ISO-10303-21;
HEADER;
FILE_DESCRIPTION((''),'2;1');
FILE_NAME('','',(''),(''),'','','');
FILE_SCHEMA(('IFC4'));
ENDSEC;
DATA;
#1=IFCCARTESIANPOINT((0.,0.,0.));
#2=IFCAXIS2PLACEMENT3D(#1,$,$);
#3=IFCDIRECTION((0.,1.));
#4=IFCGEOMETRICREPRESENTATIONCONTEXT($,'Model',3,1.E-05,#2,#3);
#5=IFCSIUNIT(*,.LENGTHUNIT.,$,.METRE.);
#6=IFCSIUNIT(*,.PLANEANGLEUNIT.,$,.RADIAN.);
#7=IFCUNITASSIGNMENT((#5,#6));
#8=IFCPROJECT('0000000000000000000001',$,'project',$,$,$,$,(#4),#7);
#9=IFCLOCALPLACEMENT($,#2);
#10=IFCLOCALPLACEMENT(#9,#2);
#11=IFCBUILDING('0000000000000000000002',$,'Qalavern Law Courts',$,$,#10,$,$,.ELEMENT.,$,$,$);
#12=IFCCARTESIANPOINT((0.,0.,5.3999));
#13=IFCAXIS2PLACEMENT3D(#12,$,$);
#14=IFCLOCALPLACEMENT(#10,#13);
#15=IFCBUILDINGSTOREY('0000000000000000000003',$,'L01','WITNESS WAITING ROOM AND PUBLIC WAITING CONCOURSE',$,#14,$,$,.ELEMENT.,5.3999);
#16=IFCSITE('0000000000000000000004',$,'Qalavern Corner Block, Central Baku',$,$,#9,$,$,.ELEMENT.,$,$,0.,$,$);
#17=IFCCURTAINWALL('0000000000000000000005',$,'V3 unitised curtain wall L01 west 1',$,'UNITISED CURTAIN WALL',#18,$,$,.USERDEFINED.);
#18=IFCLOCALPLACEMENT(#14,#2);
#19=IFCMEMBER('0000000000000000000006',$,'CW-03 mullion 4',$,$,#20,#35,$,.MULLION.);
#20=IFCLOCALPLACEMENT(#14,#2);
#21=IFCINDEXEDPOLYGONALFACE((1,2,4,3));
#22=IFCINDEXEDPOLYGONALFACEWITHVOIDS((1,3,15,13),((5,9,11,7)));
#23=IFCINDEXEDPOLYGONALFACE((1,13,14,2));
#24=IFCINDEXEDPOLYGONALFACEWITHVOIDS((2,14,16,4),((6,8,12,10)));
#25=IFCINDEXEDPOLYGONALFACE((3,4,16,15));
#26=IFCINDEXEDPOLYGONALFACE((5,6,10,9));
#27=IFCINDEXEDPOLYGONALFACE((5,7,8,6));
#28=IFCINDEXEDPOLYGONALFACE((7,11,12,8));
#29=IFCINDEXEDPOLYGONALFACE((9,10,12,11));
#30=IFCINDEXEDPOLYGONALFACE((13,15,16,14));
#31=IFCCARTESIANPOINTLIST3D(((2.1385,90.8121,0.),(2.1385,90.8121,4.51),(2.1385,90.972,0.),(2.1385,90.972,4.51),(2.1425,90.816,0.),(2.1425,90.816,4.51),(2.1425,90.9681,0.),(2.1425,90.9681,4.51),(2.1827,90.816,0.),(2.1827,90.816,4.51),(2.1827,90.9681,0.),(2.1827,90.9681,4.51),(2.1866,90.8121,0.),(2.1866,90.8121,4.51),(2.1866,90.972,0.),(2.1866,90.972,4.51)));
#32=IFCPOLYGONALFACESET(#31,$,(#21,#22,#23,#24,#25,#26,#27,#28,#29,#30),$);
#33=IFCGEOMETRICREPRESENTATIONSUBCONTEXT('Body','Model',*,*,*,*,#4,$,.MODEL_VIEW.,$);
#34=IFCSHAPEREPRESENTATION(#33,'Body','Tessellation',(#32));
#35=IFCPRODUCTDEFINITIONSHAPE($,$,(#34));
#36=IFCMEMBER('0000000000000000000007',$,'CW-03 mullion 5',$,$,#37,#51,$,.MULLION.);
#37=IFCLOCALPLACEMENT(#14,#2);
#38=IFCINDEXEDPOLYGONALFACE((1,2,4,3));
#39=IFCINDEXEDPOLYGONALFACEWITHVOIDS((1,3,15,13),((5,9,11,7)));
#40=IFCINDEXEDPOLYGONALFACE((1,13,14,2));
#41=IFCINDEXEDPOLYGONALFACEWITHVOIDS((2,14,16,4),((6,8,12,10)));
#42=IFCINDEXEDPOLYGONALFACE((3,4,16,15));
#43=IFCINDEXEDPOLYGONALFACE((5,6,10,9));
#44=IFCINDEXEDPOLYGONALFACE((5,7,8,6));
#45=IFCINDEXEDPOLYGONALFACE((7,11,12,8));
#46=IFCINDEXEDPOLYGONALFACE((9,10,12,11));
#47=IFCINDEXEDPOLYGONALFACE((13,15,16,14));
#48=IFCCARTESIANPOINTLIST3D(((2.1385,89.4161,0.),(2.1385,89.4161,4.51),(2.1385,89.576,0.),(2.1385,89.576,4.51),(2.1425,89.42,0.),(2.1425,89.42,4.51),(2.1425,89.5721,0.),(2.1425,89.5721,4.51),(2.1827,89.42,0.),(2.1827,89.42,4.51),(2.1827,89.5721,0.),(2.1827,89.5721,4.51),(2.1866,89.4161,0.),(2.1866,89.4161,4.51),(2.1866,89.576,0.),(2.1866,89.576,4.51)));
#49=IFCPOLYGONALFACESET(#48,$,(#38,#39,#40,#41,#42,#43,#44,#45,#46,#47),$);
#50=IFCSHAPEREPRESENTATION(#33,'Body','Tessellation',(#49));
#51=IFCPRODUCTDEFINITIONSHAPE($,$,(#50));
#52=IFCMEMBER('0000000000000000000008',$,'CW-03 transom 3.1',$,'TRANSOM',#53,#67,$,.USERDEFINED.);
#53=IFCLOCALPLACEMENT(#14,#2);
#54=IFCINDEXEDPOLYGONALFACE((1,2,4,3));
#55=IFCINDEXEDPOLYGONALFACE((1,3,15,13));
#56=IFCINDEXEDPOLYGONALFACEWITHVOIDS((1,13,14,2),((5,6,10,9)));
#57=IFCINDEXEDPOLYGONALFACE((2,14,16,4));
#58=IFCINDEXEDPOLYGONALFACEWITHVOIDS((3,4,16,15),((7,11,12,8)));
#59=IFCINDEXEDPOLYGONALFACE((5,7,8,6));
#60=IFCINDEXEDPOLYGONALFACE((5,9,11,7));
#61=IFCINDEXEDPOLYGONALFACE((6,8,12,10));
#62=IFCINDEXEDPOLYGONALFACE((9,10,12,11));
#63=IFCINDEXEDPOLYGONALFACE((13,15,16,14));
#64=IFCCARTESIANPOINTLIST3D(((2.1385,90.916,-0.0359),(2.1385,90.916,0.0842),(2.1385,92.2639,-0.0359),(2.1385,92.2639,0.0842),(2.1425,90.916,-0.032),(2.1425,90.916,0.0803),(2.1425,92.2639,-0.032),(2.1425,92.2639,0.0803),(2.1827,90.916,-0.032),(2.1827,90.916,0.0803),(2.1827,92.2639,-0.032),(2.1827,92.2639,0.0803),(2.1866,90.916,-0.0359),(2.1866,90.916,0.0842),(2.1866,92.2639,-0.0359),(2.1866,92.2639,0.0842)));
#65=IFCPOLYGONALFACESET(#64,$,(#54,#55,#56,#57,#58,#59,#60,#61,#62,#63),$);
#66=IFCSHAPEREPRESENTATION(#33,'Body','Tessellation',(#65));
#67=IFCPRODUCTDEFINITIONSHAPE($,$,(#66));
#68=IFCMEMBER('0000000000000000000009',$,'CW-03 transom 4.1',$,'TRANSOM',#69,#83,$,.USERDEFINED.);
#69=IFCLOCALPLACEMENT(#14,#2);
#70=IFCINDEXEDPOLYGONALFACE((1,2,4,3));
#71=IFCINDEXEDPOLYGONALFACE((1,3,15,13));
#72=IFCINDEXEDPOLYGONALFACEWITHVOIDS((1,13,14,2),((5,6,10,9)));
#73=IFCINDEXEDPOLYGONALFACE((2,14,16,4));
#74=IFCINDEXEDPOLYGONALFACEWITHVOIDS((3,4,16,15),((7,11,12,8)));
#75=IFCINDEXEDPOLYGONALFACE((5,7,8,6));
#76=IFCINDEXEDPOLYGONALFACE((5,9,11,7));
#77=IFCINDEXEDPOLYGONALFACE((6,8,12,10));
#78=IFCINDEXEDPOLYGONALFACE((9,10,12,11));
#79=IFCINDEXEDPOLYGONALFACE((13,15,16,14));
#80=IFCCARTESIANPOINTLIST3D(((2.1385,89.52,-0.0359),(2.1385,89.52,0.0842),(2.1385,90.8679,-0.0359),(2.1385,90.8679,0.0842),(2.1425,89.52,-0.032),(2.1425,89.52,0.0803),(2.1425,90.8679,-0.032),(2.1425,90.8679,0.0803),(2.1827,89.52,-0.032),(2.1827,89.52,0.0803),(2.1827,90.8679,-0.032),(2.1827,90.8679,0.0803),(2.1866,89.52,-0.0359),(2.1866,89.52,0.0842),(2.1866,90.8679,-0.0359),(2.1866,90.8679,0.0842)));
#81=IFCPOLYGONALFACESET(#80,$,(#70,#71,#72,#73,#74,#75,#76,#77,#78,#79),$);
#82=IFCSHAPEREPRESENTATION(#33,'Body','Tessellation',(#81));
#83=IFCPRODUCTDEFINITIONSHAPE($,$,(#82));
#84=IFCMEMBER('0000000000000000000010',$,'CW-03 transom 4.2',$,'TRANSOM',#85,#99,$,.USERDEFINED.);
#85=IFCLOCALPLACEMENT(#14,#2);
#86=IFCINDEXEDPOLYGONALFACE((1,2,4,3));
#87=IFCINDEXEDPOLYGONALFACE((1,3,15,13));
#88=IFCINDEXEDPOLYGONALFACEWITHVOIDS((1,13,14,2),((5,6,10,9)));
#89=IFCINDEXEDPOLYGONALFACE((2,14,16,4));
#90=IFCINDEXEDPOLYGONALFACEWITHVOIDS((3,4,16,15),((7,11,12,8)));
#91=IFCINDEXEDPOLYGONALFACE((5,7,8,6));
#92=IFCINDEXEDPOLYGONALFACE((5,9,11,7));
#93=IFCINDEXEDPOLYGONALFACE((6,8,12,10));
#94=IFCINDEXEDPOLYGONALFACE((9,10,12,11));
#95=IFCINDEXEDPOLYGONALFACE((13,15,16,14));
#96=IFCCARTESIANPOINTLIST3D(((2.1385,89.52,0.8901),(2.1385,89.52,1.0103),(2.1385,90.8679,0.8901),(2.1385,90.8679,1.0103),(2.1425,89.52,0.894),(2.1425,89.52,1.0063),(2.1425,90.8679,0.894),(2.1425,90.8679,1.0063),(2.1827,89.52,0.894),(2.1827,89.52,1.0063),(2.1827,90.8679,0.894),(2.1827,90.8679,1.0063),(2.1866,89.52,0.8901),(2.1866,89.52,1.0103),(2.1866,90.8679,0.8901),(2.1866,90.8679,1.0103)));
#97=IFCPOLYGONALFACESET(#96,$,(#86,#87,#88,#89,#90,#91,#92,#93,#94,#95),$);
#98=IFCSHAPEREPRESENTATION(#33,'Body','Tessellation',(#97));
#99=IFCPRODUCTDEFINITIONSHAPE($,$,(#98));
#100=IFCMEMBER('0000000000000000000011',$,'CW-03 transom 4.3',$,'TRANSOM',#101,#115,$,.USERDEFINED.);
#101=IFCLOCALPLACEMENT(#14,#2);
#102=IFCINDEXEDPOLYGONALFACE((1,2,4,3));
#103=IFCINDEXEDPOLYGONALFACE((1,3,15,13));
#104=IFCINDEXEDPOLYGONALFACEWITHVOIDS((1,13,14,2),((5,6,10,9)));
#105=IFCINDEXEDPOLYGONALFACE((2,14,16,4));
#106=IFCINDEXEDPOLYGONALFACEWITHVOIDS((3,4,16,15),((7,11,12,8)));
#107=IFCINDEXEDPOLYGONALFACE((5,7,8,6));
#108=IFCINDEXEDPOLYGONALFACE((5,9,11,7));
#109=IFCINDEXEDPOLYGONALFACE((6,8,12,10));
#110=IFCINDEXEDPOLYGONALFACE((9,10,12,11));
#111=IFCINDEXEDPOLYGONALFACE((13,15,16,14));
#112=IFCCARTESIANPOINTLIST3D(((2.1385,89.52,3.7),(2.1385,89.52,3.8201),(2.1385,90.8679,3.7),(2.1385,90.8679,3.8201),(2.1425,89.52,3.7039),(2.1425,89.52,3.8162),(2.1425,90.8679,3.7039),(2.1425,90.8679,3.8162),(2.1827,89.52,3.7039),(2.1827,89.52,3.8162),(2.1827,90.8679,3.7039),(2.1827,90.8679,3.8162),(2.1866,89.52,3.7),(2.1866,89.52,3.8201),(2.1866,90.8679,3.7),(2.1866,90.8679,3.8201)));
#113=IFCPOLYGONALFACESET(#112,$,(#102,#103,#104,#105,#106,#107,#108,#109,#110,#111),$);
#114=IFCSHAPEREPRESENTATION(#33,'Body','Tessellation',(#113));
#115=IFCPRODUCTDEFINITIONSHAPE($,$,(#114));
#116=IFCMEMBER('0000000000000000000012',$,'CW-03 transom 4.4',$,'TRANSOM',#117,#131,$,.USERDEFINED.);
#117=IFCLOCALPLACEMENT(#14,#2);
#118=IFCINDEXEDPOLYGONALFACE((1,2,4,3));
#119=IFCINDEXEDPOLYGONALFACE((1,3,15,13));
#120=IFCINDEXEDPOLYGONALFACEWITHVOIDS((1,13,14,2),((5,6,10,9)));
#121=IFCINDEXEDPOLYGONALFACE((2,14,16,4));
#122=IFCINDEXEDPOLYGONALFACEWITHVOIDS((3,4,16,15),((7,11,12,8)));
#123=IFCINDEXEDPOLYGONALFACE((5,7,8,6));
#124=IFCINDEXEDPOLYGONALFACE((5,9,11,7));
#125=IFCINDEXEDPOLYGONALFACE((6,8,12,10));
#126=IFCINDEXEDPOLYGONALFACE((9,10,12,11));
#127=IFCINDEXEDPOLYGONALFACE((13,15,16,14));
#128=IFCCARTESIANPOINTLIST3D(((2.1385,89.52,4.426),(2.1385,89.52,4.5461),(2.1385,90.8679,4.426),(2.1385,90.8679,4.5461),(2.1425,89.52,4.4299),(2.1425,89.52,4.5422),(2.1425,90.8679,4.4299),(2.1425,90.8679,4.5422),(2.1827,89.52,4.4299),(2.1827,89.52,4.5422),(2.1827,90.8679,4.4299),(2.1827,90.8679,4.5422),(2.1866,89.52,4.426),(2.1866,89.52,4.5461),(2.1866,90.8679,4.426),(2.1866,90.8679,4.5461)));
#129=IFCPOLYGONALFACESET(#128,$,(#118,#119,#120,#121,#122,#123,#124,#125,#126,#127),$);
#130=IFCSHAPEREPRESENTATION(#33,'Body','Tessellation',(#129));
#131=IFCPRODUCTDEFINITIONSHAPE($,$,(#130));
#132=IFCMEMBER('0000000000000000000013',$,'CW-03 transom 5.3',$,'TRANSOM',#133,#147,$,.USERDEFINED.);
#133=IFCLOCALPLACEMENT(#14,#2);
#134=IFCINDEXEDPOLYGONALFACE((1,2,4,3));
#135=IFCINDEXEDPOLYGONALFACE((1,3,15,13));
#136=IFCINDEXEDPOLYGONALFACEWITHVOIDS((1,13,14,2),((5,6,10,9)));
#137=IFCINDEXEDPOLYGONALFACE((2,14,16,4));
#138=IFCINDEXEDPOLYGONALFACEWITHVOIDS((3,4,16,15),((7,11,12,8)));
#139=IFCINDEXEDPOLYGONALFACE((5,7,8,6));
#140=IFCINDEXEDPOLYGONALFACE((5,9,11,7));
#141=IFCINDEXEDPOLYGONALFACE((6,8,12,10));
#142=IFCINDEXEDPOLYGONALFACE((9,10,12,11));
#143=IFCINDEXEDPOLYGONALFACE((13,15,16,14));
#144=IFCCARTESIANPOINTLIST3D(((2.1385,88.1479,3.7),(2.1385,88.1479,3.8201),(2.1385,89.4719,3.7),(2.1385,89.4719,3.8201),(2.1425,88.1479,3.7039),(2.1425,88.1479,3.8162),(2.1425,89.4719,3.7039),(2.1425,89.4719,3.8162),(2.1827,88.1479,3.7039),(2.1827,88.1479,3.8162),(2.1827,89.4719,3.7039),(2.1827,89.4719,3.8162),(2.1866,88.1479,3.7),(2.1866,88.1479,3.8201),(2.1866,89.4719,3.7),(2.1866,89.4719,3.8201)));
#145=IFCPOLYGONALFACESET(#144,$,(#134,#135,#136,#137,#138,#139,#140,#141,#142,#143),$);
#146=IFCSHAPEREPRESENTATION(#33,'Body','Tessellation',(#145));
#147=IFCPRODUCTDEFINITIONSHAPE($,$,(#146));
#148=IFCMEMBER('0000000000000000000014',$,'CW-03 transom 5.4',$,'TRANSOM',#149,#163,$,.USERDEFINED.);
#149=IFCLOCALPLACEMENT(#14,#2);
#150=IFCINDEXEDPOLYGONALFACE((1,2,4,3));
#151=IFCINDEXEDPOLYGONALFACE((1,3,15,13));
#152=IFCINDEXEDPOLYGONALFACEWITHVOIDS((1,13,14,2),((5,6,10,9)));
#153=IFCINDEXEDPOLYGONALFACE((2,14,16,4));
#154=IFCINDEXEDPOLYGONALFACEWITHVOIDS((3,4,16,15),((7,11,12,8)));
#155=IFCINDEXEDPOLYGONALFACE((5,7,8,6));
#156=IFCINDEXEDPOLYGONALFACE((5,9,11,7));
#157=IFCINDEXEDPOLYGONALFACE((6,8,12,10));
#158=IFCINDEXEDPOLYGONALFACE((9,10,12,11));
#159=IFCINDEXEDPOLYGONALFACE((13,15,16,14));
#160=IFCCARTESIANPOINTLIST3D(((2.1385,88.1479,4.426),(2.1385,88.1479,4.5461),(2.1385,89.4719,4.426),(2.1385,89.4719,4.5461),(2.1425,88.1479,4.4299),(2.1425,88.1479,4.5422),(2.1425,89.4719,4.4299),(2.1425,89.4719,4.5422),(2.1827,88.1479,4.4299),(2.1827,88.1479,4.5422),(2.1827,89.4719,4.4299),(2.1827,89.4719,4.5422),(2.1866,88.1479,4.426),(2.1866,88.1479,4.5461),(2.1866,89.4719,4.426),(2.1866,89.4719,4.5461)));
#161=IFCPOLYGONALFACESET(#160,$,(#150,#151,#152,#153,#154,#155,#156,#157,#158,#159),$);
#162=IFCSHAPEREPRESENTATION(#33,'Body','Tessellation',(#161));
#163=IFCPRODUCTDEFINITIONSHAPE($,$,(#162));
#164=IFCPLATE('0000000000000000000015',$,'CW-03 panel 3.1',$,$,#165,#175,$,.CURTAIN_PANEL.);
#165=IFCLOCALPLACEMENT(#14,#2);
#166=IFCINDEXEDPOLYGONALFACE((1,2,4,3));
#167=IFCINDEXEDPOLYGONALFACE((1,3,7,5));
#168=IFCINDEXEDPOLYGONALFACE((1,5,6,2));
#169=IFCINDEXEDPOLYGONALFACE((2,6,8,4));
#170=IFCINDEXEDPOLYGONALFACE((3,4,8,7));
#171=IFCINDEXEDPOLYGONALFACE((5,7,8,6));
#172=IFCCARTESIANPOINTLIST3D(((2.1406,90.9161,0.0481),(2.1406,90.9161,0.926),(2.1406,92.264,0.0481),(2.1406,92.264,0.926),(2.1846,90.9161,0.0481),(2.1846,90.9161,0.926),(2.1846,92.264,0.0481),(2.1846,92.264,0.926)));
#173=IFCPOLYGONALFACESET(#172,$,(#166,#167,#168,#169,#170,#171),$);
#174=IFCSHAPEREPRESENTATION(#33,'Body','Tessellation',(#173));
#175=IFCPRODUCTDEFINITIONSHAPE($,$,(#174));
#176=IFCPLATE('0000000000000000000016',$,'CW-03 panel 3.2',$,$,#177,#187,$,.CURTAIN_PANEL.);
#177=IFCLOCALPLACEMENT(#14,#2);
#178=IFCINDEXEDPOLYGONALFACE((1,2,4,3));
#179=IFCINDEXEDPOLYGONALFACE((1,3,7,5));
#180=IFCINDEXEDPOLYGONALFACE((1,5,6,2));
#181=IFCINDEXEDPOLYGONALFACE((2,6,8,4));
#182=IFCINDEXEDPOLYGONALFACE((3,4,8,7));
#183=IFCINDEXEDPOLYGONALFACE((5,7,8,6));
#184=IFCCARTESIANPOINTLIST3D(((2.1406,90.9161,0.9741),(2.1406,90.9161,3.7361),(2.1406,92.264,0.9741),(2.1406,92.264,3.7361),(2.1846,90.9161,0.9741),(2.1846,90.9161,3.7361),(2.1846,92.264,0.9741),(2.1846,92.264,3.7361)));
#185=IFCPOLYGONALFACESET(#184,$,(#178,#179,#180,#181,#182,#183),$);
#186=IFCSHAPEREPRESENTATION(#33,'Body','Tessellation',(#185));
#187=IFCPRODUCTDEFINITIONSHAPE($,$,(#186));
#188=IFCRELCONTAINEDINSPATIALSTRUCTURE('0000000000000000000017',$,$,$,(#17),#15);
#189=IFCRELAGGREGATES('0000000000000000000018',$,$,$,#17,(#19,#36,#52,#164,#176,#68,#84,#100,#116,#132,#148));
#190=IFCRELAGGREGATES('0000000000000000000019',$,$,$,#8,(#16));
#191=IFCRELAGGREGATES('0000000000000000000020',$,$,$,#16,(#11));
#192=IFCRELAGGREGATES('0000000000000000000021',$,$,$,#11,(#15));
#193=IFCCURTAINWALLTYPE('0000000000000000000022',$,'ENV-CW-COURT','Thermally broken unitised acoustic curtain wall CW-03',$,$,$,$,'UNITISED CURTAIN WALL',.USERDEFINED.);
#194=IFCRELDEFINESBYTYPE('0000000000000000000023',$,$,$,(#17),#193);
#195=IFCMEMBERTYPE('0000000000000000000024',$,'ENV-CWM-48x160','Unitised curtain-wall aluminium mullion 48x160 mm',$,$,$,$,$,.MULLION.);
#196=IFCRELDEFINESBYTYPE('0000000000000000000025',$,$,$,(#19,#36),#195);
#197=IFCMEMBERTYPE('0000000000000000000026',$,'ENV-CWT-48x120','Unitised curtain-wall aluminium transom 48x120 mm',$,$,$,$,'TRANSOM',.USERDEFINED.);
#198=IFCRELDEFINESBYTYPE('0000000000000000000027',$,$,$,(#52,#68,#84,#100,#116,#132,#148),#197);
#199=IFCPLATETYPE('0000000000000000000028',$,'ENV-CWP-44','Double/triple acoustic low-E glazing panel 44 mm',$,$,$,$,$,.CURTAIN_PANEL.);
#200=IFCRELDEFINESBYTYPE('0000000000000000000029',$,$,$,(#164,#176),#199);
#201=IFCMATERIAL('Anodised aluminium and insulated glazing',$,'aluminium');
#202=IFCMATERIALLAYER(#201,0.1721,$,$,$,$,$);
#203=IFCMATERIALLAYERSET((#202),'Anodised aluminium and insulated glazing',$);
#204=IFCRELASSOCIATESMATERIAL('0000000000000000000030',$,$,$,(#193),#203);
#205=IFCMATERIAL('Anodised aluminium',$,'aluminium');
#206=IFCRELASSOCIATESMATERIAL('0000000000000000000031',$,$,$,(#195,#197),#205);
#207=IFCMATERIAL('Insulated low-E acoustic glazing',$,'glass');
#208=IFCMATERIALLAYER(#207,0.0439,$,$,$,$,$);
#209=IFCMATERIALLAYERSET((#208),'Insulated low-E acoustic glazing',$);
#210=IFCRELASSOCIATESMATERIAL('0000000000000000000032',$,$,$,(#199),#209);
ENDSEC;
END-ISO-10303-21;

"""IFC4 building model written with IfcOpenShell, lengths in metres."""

from ifc_helpers import new_model, si_unit, direction, frame, origin, origin_2d, place, context, subcontext, project, spatial, rectangle, hollow_rectangle, extrude, material, layer, layer_set, material_profile, profile_set, type_object, element, aggregate, save


model = new_model("IFC4")

# Units and contexts
model_context = context("Model", 3, precision=1e-05, world=origin(), true_north=direction((0.0, 1.0)))
body_context = subcontext(model_context, "Body", "Model", "MODEL_VIEW")
ifc_project = project(units=[si_unit("LENGTHUNIT", "METRE"), si_unit("PLANEANGLEUNIT", "RADIAN")], contexts=[model_context])

# Site, building, storey
site_placement = place(None, origin())
site = spatial("IfcSite", under=ifc_project, at=site_placement, Name="Qalavern Corner Block, Central Baku", CompositionType="ELEMENT", RefElevation=0.0)
building_placement = place(site_placement, origin())
building = spatial("IfcBuilding", under=site, at=building_placement, Name="Qalavern Law Courts", CompositionType="ELEMENT")
storey_placement = place(building_placement, frame((0.0, 0.0, 5.3999)))
storey = spatial("IfcBuildingStorey", under=building, at=storey_placement, Name="L01", Description="WITNESS WAITING ROOM AND PUBLIC WAITING CONCOURSE", CompositionType="ELEMENT", Elevation=5.3999)

# Curtain wall, members, plates
ifc_material_1 = material(Name="Anodised aluminium and insulated glazing", Category="aluminium")
ifc_layer_1 = layer(ifc_material_1, 0.1721)
ifc_layer_set_1 = layer_set([ifc_layer_1], Name="Anodised aluminium and insulated glazing")
curtain_wall_type = type_object("IfcCurtainWallType", Name="ENV-CW-COURT", Description="Thermally broken unitised acoustic curtain wall CW-03", ElementType="UNITISED CURTAIN WALL", PredefinedType="USERDEFINED", material=ifc_layer_set_1)
curtain_wall_placement = place(storey_placement, origin())
curtain_wall = element("IfcCurtainWall", 1, at=curtain_wall_placement, inside=storey, type_object=curtain_wall_type, Name="V3 unitised curtain wall L01 west 1", ObjectType="UNITISED CURTAIN WALL", PredefinedType="USERDEFINED")
ifc_material_2 = material(Name="Anodised aluminium", Category="aluminium")
ifc_material_profile_1 = material_profile(ifc_material_2, hollow_rectangle(XDim=0.0481, YDim=0.1599, WallThickness=0.0039, at=origin_2d()), Name="ALU MULLION 48x160")
ifc_profile_set_1 = profile_set([ifc_material_profile_1], Name="Anodised aluminium")
member_type_1 = type_object("IfcMemberType", Name="ENV-CWM-48x160", Description="Unitised curtain-wall aluminium mullion 48x160 mm", PredefinedType="MULLION", material=ifc_profile_set_1)
member_1_placement = place(storey_placement, frame((2.1626, 90.8921, 0.0), z_axis=(0.0, 0.0, 1.0), x_axis=(1.0, 0.0, 0.0)))
member_1 = element("IfcMember", 2, at=member_1_placement, type_object=member_type_1, Name="CW-03 mullion 4", PredefinedType="MULLION", context=body_context, shape_type="SweptSolid", body=[
    extrude(hollow_rectangle(XDim=0.0481, YDim=0.1599, WallThickness=0.0039, at=origin_2d()), origin(), (0.0, 0.0, 1.0), 4.51),
])
member_2_placement = place(storey_placement, frame((2.1626, 89.4961, 0.0), z_axis=(0.0, 0.0, 1.0), x_axis=(1.0, 0.0, 0.0)))
member_2 = element("IfcMember", 3, at=member_2_placement, type_object=member_type_1, Name="CW-03 mullion 5", PredefinedType="MULLION", context=body_context, shape_type="SweptSolid", body=[
    extrude(hollow_rectangle(XDim=0.0481, YDim=0.1599, WallThickness=0.0039, at=origin_2d()), origin(), (0.0, 0.0, 1.0), 4.51),
])
ifc_material_profile_2 = material_profile(ifc_material_2, hollow_rectangle(XDim=0.0481, YDim=0.1201, WallThickness=0.0039, at=origin_2d()), Name="ALU TRANSOM 48x120")
ifc_profile_set_2 = profile_set([ifc_material_profile_2], Name="Anodised aluminium")
member_type_2 = type_object("IfcMemberType", Name="ENV-CWT-48x120", Description="Unitised curtain-wall aluminium transom 48x120 mm", ElementType="TRANSOM", PredefinedType="USERDEFINED", material=ifc_profile_set_2)
member_3_placement = place(storey_placement, frame((2.1626, 92.2639, 0.0242), z_axis=(0.0, -1.0, 0.0), x_axis=(1.0, 0.0, 0.0)))
member_3 = element("IfcMember", 4, at=member_3_placement, type_object=member_type_2, Name="CW-03 transom 3.1", ObjectType="TRANSOM", PredefinedType="USERDEFINED", context=body_context, shape_type="SweptSolid", body=[
    extrude(hollow_rectangle(XDim=0.0481, YDim=0.1201, WallThickness=0.0039, at=origin_2d()), origin(), (0.0, 0.0, 1.0), 1.3479),
])
member_4_placement = place(storey_placement, frame((2.1626, 90.8679, 0.0242), z_axis=(0.0, -1.0, 0.0), x_axis=(1.0, 0.0, 0.0)))
member_4 = element("IfcMember", 5, at=member_4_placement, type_object=member_type_2, Name="CW-03 transom 4.1", ObjectType="TRANSOM", PredefinedType="USERDEFINED", context=body_context, shape_type="SweptSolid", body=[
    extrude(hollow_rectangle(XDim=0.0481, YDim=0.1201, WallThickness=0.0039, at=origin_2d()), origin(), (0.0, 0.0, 1.0), 1.3479),
])
member_5_placement = place(storey_placement, frame((2.1626, 90.8679, 0.9502), z_axis=(0.0, -1.0, 0.0), x_axis=(1.0, 0.0, 0.0)))
member_5 = element("IfcMember", 6, at=member_5_placement, type_object=member_type_2, Name="CW-03 transom 4.2", ObjectType="TRANSOM", PredefinedType="USERDEFINED", context=body_context, shape_type="SweptSolid", body=[
    extrude(hollow_rectangle(XDim=0.0481, YDim=0.1201, WallThickness=0.0039, at=origin_2d()), origin(), (0.0, 0.0, 1.0), 1.3479),
])
member_6_placement = place(storey_placement, frame((2.1626, 90.8679, 3.76), z_axis=(0.0, -1.0, 0.0), x_axis=(1.0, 0.0, 0.0)))
member_6 = element("IfcMember", 7, at=member_6_placement, type_object=member_type_2, Name="CW-03 transom 4.3", ObjectType="TRANSOM", PredefinedType="USERDEFINED", context=body_context, shape_type="SweptSolid", body=[
    extrude(hollow_rectangle(XDim=0.0481, YDim=0.1201, WallThickness=0.0039, at=origin_2d()), origin(), (0.0, 0.0, 1.0), 1.3479),
])
member_7_placement = place(storey_placement, frame((2.1626, 90.8679, 4.4861), z_axis=(0.0, -1.0, 0.0), x_axis=(1.0, 0.0, 0.0)))
member_7 = element("IfcMember", 8, at=member_7_placement, type_object=member_type_2, Name="CW-03 transom 4.4", ObjectType="TRANSOM", PredefinedType="USERDEFINED", context=body_context, shape_type="SweptSolid", body=[
    extrude(hollow_rectangle(XDim=0.0481, YDim=0.1201, WallThickness=0.0039, at=origin_2d()), origin(), (0.0, 0.0, 1.0), 1.3479),
])
member_8_placement = place(storey_placement, frame((2.1626, 89.4719, 3.76), z_axis=(0.0, -1.0, 0.0), x_axis=(1.0, 0.0, 0.0)))
member_8 = element("IfcMember", 9, at=member_8_placement, type_object=member_type_2, Name="CW-03 transom 5.3", ObjectType="TRANSOM", PredefinedType="USERDEFINED", context=body_context, shape_type="SweptSolid", body=[
    extrude(hollow_rectangle(XDim=0.0481, YDim=0.1201, WallThickness=0.0039, at=origin_2d()), origin(), (0.0, 0.0, 1.0), 1.324),
])
member_9_placement = place(storey_placement, frame((2.1626, 89.4719, 4.4861), z_axis=(0.0, -1.0, 0.0), x_axis=(1.0, 0.0, 0.0)))
member_9 = element("IfcMember", 10, at=member_9_placement, type_object=member_type_2, Name="CW-03 transom 5.4", ObjectType="TRANSOM", PredefinedType="USERDEFINED", context=body_context, shape_type="SweptSolid", body=[
    extrude(hollow_rectangle(XDim=0.0481, YDim=0.1201, WallThickness=0.0039, at=origin_2d()), origin(), (0.0, 0.0, 1.0), 1.324),
])
ifc_material_3 = material(Name="Insulated low-E acoustic glazing", Category="glass")
ifc_layer_2 = layer(ifc_material_3, 0.0439)
ifc_layer_set_2 = layer_set([ifc_layer_2], Name="Insulated low-E acoustic glazing")
plate_type = type_object("IfcPlateType", Name="ENV-CWP-44", Description="Double/triple acoustic low-E glazing panel 44 mm", PredefinedType="CURTAIN_PANEL", material=ifc_layer_set_2)
plate_1_placement = place(storey_placement, frame((2.1626, 91.5901, 0.0481), z_axis=(0.0, 0.0, 1.0), x_axis=(0.0, -1.0, 0.0)))
plate_1 = element("IfcPlate", 11, at=plate_1_placement, type_object=plate_type, Name="CW-03 panel 3.1", PredefinedType="CURTAIN_PANEL", context=body_context, shape_type="SweptSolid", body=[
    extrude(rectangle(XDim=1.3479, YDim=0.0439, at=origin_2d()), origin(), (0.0, 0.0, 1.0), 0.8779),
])
plate_2_placement = place(storey_placement, frame((2.1626, 91.5901, 0.9741), z_axis=(0.0, 0.0, 1.0), x_axis=(0.0, -1.0, 0.0)))
plate_2 = element("IfcPlate", 12, at=plate_2_placement, type_object=plate_type, Name="CW-03 panel 3.2", PredefinedType="CURTAIN_PANEL", context=body_context, shape_type="SweptSolid", body=[
    extrude(rectangle(XDim=1.3479, YDim=0.0439, at=origin_2d()), origin(), (0.0, 0.0, 1.0), 2.762),
])
aggregate(curtain_wall, [member_1, member_2, member_3, plate_1, plate_2, member_4, member_5, member_6, member_7, member_8, member_9])

save(model, "model.ifc")
